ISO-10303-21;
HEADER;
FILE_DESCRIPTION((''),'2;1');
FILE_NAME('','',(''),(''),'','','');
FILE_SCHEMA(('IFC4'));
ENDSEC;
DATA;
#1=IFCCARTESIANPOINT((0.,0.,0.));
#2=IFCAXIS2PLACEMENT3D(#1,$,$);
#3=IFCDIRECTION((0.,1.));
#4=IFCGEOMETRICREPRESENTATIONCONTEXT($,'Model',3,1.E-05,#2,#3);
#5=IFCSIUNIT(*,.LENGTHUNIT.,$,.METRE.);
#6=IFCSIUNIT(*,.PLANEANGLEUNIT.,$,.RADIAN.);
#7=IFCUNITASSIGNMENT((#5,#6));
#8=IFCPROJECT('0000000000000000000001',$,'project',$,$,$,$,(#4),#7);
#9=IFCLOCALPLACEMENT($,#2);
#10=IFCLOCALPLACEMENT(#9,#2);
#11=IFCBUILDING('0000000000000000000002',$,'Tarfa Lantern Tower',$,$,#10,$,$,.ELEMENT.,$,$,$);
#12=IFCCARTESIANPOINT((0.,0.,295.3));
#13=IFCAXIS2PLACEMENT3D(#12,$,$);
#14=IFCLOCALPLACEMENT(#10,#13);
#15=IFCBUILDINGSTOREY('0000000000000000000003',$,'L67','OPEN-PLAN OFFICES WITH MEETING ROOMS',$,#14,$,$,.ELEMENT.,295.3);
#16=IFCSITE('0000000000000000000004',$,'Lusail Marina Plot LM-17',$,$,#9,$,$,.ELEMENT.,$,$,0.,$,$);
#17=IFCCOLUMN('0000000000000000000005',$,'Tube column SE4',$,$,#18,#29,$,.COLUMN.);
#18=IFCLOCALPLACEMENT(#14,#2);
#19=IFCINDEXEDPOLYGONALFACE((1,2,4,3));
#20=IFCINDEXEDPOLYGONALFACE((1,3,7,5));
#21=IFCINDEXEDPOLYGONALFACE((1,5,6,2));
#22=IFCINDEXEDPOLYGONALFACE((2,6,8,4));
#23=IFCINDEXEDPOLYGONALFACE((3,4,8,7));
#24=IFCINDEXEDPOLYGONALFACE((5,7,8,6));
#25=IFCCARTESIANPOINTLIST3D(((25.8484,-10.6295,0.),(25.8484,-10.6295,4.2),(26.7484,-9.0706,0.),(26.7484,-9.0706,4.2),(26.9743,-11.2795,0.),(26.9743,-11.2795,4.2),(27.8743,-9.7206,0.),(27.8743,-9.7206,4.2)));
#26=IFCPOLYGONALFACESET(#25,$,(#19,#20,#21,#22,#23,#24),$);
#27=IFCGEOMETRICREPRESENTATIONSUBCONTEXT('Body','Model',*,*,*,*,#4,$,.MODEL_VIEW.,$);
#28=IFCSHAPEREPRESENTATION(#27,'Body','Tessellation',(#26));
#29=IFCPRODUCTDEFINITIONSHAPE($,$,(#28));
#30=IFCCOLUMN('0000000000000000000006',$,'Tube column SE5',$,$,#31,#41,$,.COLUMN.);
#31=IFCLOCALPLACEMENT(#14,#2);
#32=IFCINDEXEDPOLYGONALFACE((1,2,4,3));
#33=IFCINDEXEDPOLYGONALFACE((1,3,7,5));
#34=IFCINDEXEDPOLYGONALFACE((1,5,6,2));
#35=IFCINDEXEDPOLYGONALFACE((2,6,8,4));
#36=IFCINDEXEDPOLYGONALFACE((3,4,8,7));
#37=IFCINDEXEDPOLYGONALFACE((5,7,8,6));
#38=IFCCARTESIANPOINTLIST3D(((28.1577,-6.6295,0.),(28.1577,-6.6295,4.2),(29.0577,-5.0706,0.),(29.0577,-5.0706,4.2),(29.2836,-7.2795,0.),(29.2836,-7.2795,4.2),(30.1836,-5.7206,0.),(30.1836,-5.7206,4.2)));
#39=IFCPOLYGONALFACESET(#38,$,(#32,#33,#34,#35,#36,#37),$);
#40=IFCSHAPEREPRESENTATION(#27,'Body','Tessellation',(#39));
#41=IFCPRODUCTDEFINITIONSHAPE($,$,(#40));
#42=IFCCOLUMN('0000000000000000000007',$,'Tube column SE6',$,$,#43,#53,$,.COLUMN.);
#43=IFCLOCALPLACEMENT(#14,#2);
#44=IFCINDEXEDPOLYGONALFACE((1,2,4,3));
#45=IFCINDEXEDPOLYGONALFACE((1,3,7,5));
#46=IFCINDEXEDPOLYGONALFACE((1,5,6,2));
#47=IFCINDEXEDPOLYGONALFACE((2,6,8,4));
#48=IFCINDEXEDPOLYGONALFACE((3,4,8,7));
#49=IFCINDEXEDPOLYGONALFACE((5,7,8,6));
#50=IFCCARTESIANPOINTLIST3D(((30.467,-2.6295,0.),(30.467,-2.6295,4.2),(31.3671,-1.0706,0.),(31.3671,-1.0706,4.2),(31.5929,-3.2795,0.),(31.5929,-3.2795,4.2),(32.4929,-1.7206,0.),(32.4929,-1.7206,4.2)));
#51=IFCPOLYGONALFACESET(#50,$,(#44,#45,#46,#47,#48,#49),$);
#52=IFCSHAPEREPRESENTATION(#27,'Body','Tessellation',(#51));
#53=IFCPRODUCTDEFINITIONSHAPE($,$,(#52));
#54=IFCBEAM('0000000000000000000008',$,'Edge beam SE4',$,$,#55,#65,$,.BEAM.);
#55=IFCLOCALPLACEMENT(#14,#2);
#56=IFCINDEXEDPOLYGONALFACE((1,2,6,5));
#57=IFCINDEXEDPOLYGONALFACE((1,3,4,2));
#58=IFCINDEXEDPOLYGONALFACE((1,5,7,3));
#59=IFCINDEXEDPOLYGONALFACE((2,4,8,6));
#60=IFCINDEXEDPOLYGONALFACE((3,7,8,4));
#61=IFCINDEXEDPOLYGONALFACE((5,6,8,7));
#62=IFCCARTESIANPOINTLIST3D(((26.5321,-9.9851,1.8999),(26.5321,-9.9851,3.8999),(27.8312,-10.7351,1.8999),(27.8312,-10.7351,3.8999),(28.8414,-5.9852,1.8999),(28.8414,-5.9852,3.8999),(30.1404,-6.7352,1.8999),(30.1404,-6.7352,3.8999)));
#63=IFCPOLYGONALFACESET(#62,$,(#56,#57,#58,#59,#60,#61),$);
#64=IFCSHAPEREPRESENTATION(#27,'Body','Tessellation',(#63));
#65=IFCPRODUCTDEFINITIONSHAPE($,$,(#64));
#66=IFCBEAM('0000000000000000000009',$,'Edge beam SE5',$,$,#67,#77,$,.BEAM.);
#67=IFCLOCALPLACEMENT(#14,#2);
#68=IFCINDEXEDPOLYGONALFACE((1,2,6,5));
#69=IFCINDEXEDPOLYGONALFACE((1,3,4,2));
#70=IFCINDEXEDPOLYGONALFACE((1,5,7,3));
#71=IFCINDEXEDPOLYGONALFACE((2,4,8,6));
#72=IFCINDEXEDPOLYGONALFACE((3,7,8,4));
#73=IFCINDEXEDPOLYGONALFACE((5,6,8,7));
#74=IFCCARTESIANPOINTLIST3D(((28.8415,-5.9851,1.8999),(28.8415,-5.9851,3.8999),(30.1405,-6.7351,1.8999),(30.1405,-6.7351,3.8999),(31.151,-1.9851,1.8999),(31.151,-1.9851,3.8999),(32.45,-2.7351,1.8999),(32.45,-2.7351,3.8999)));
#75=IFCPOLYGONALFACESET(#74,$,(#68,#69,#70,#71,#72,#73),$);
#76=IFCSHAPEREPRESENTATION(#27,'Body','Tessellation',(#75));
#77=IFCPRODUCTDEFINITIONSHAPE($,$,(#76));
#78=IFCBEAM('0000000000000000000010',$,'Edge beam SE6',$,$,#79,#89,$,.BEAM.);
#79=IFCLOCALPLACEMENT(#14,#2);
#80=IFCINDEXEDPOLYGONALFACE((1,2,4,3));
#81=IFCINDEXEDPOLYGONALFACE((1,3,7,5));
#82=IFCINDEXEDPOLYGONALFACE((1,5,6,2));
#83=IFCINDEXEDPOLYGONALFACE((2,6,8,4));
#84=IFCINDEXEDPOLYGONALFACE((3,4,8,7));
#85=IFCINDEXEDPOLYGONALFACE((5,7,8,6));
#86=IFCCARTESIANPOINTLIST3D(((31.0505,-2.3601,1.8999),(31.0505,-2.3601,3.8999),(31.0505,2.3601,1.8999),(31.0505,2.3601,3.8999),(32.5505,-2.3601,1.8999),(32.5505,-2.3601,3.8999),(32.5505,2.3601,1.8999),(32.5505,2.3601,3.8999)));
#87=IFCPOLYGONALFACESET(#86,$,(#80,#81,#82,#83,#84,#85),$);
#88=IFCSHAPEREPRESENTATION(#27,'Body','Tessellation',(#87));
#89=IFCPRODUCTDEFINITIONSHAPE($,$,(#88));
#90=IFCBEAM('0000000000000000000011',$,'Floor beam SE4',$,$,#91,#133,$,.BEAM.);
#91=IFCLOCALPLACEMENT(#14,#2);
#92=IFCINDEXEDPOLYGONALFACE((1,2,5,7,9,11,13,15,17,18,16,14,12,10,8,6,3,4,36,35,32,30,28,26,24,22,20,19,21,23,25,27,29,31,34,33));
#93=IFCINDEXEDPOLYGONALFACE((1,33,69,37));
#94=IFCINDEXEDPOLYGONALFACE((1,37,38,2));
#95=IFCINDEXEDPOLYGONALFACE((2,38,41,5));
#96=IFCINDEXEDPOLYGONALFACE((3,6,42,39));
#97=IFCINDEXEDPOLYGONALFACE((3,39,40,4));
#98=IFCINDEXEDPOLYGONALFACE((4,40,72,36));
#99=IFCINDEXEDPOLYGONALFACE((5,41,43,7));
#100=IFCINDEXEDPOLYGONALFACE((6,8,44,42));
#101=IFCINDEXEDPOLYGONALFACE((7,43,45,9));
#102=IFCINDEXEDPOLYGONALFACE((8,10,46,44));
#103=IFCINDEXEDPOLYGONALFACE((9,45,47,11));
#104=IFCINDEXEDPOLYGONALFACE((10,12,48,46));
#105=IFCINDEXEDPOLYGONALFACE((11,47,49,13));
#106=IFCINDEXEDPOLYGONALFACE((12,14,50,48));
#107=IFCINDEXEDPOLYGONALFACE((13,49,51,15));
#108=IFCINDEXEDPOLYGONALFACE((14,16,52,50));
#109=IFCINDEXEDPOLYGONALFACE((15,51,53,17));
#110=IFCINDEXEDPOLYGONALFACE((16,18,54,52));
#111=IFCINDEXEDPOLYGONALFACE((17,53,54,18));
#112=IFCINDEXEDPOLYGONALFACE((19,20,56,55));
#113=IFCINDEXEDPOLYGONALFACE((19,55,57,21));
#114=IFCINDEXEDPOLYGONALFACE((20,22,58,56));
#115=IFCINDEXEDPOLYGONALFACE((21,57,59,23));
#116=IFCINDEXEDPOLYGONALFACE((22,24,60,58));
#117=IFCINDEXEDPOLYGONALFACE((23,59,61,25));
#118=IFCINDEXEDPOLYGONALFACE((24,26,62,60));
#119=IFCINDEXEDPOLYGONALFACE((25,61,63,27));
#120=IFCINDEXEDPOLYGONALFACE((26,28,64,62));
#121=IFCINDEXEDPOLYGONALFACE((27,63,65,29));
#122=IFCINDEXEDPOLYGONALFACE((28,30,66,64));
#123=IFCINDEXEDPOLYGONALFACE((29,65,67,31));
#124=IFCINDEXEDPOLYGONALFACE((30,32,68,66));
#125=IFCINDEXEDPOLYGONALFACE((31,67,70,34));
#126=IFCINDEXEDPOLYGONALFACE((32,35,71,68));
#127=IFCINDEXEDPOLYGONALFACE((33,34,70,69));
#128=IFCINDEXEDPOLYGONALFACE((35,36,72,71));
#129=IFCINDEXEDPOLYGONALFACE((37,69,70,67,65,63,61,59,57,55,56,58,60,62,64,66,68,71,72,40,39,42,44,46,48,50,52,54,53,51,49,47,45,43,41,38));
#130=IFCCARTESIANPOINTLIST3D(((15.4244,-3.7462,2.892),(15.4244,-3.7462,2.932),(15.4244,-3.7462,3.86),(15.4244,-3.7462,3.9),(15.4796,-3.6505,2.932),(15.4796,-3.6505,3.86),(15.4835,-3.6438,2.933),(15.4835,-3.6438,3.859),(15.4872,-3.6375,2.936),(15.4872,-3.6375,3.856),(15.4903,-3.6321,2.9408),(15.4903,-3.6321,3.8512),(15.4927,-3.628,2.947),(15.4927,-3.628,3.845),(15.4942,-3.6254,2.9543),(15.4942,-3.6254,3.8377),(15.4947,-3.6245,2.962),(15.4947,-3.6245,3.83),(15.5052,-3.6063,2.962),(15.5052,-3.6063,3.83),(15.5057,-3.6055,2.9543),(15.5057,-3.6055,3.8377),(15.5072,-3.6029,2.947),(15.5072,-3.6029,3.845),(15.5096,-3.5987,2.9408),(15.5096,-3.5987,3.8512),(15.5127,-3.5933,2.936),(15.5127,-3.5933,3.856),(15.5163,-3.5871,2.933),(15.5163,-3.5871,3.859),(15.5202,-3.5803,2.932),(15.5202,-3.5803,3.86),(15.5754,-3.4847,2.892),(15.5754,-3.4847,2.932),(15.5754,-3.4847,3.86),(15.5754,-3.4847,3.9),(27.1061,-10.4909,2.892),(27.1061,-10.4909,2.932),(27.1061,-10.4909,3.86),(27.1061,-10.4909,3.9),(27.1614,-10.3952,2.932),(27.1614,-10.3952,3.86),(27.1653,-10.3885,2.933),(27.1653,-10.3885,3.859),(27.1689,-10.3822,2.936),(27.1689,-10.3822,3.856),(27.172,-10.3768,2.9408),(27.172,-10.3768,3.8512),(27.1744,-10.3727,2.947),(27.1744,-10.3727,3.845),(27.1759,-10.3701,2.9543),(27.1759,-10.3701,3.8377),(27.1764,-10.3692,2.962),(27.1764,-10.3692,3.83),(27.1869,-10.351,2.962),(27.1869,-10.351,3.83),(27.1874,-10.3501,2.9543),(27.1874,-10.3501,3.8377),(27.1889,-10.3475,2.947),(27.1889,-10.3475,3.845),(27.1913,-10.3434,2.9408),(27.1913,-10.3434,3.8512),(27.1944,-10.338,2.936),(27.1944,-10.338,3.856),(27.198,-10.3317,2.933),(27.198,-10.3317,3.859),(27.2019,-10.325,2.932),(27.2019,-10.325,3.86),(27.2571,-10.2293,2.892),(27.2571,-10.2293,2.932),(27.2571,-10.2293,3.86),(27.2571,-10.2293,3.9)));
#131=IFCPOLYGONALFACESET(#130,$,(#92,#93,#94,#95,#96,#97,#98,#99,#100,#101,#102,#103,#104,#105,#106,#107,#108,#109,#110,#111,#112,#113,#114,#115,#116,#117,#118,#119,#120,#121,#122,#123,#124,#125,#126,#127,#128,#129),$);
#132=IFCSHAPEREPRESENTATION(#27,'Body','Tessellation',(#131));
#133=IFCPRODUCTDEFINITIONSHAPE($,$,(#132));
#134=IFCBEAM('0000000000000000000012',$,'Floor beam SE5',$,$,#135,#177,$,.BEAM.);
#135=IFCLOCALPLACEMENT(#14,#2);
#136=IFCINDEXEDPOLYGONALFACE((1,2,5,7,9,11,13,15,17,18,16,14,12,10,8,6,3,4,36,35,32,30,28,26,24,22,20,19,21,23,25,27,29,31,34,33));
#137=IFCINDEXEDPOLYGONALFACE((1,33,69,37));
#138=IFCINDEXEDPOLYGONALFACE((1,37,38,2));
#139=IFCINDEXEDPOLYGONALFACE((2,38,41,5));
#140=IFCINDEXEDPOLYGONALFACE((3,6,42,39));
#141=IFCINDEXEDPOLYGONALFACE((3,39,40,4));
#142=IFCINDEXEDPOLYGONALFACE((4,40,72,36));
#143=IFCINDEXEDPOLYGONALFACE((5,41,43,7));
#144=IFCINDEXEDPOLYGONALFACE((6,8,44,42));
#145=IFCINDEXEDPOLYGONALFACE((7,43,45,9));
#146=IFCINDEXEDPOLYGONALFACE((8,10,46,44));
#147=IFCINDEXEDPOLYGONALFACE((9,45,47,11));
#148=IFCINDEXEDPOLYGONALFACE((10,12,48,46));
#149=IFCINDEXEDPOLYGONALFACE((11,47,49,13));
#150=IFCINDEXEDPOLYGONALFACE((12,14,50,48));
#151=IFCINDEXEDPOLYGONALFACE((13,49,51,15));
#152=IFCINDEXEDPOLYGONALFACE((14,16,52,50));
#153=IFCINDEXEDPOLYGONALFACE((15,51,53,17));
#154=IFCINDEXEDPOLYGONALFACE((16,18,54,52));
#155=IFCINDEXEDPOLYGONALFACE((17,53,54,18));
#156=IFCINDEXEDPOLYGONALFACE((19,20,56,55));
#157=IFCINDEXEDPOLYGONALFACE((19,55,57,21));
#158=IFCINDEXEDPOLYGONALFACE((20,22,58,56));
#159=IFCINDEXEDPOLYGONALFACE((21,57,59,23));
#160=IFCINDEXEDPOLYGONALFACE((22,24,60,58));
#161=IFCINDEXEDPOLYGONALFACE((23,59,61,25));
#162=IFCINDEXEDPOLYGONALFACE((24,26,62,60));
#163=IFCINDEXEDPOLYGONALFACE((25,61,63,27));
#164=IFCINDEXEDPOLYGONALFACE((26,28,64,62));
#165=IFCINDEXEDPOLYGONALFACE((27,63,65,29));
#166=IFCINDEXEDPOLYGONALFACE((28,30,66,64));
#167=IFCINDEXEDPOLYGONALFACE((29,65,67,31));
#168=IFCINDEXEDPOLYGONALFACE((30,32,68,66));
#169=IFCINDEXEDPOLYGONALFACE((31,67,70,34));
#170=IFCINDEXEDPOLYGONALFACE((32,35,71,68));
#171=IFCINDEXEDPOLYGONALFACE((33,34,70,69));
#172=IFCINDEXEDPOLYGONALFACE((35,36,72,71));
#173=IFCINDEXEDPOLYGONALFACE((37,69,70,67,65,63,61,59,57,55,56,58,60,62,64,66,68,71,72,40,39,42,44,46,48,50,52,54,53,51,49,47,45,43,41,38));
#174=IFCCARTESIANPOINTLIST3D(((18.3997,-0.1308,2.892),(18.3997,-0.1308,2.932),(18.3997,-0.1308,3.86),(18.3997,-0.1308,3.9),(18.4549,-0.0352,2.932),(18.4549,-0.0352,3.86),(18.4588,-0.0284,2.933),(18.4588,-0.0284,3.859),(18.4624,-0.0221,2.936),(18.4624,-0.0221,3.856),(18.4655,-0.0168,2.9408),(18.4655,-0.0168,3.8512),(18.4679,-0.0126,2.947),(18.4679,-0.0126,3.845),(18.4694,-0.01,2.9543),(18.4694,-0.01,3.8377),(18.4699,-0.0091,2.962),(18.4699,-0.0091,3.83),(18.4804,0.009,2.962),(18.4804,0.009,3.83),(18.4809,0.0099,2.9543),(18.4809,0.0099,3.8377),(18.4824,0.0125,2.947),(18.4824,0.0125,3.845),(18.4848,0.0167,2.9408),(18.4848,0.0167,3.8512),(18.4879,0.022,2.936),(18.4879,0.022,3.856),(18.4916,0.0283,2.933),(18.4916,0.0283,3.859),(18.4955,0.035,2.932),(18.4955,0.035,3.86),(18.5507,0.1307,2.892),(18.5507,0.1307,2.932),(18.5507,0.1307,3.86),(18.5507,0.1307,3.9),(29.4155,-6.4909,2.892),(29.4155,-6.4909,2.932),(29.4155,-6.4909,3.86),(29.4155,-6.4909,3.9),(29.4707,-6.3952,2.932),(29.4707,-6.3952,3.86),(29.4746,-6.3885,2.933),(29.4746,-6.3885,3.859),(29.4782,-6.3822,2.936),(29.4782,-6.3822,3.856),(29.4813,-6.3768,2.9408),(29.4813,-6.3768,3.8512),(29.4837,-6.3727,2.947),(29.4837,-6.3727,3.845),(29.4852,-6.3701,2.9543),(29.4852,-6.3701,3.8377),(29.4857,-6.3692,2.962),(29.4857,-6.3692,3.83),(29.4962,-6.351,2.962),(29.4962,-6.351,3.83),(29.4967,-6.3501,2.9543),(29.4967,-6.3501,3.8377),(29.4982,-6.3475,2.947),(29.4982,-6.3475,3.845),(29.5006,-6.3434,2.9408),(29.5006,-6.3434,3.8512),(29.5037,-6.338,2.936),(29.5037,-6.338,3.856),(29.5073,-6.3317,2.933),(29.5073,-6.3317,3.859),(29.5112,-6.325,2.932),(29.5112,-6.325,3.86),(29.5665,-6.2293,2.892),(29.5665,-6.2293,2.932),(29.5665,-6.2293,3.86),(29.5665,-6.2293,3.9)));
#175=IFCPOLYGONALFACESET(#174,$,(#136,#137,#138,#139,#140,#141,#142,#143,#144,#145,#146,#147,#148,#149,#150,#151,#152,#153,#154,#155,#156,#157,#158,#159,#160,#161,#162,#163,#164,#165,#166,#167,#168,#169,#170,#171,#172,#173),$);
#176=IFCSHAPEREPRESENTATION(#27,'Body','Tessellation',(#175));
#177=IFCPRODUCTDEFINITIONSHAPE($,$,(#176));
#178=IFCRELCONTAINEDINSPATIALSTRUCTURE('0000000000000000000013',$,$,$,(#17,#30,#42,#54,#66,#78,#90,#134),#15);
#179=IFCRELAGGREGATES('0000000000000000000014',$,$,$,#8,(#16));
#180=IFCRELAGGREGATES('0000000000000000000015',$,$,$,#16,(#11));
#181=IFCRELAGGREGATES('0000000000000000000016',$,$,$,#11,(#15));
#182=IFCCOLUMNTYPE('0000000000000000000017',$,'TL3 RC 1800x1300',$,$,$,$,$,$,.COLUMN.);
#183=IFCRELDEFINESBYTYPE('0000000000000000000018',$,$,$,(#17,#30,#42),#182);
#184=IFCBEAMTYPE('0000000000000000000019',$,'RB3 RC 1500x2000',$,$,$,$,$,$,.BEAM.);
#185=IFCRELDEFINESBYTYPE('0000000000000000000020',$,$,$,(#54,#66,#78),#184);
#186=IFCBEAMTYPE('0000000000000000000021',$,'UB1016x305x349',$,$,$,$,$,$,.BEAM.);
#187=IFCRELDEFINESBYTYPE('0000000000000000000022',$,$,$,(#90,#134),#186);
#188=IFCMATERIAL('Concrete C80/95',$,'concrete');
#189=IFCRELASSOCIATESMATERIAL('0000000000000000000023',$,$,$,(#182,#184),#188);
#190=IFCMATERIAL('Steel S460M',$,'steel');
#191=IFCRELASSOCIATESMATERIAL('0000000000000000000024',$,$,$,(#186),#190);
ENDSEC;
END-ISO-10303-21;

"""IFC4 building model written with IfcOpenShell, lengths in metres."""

from ifc_helpers import new_model, si_unit, direction, frame, origin, origin_2d, place, context, subcontext, project, spatial, rectangle, i_section, extrude, material, material_profile, profile_set, type_object, element, save


model = new_model("IFC4")

# Units and contexts
model_context = context("Model", 3, precision=1e-05, world=origin(), true_north=direction((0.0, 1.0)))
body_context = subcontext(model_context, "Body", "Model", "MODEL_VIEW")
ifc_project = project(units=[si_unit("LENGTHUNIT", "METRE"), si_unit("PLANEANGLEUNIT", "RADIAN")], contexts=[model_context])

# Site, building, storey
site_placement = place(None, origin())
site = spatial("IfcSite", under=ifc_project, at=site_placement, Name="Lusail Marina Plot LM-17", CompositionType="ELEMENT", RefElevation=0.0)
building_placement = place(site_placement, origin())
building = spatial("IfcBuilding", under=site, at=building_placement, Name="Tarfa Lantern Tower", CompositionType="ELEMENT")
storey_placement = place(building_placement, frame((0.0, 0.0, 295.3)))
storey = spatial("IfcBuildingStorey", under=building, at=storey_placement, Name="L67", Description="OPEN-PLAN OFFICES WITH MEETING ROOMS", CompositionType="ELEMENT", Elevation=295.3)

# Columns
ifc_material_1 = material(Name="Concrete C80/95", Category="concrete")
ifc_material_profile_1 = material_profile(ifc_material_1, rectangle(XDim=1.8, YDim=1.3, at=origin_2d()), Name="RC 1800x1300")
ifc_profile_set_1 = profile_set([ifc_material_profile_1], Name="Concrete C80/95")
column_type = type_object("IfcColumnType", Name="TL3 RC 1800x1300", PredefinedType="COLUMN", material=ifc_profile_set_1)
for number, where, z_axis, x_axis, name in (
    (1, (26.8613, -10.175, 0.0), (0.0, 0.0, 1.0), (0.5, 0.866025, 0.0), "Tube column SE4"),
    (2, (29.1707, -6.175, 0.0), (0.0, 0.0, 1.0), (0.5, 0.866025, 0.0), "Tube column SE5"),
    (3, (31.48, -2.175, 0.0), (0.0, 0.0, 1.0), (0.5, 0.866025, 0.0), "Tube column SE6"),
):
    element("IfcColumn", number, at=place(storey_placement, frame(where, z_axis=z_axis, x_axis=x_axis)), inside=storey, type_object=column_type, Name=name, PredefinedType="COLUMN", context=body_context, shape_type="SweptSolid", body=[
        extrude(rectangle(XDim=1.8, YDim=1.3, at=origin_2d()), origin(), (0.0, 0.0, 1.0), 4.2),
    ])

# Beams
ifc_material_profile_2 = material_profile(ifc_material_1, rectangle(XDim=1.5, YDim=2.0, at=origin_2d()), Name="RC 1500x2000")
ifc_profile_set_2 = profile_set([ifc_material_profile_2], Name="Concrete C80/95")
beam_type_1 = type_object("IfcBeamType", Name="RB3 RC 1500x2000", PredefinedType="BEAM", material=ifc_profile_set_2)
beam_1_placement = place(storey_placement, frame((27.1816, -10.3601, 2.8999), z_axis=(0.499988, 0.866032, 0.0), x_axis=(-0.866032, 0.499988, 0.0)))
element("IfcBeam", 4, at=beam_1_placement, inside=storey, type_object=beam_type_1, Name="Edge beam SE4", PredefinedType="BEAM", context=body_context, shape_type="SweptSolid", body=[
    extrude(rectangle(XDim=1.5, YDim=2.0, at=origin_2d()), origin(), (0.0, 0.0, 1.0), 4.6187),
])
beam_2_placement = place(storey_placement, frame((29.491, -6.3601, 2.8999), z_axis=(0.500027, 0.86601, 0.0), x_axis=(-0.86601, 0.500027, 0.0)))
element("IfcBeam", 5, at=beam_2_placement, inside=storey, type_object=beam_type_1, Name="Edge beam SE5", PredefinedType="BEAM", context=body_context, shape_type="SweptSolid", body=[
    extrude(rectangle(XDim=1.5, YDim=2.0, at=origin_2d()), origin(), (0.0, 0.0, 1.0), 4.6189),
])
beam_3_placement = place(storey_placement, frame((31.8005, -2.3601, 2.8999), z_axis=(0.0, 1.0, 0.0), x_axis=(-1.0, 0.0, 0.0)))
element("IfcBeam", 6, at=beam_3_placement, inside=storey, type_object=beam_type_1, Name="Edge beam SE6", PredefinedType="BEAM", context=body_context, shape_type="SweptSolid", body=[
    extrude(rectangle(XDim=1.5, YDim=2.0, at=origin_2d()), origin(), (0.0, 0.0, 1.0), 4.7202),
])
ifc_material_2 = material(Name="Steel S460M", Category="steel")
ifc_material_profile_3 = material_profile(ifc_material_2, i_section(OverallWidth=0.302, OverallDepth=1.0081, WebThickness=0.021, FlangeThickness=0.04, FilletRadius=0.03, at=origin_2d()), Name="UB1016x305x349")
ifc_profile_set_3 = profile_set([ifc_material_profile_3], Name="Steel S460M")
beam_type_2 = type_object("IfcBeamType", Name="UB1016x305x349", PredefinedType="BEAM", material=ifc_profile_set_3)
beam_4_placement = place(storey_placement, frame((27.1816, -10.3601, 3.396), z_axis=(-0.866018, 0.500013, 0.0), x_axis=(-0.500013, -0.866018, 0.0)))
element("IfcBeam", 7, at=beam_4_placement, inside=storey, type_object=beam_type_2, Name="Floor beam SE4", PredefinedType="BEAM", context=body_context, shape_type="SweptSolid", body=[
    extrude(i_section(OverallWidth=0.302, OverallDepth=1.0081, WebThickness=0.021, FlangeThickness=0.04, FilletRadius=0.03, at=origin_2d()), origin(), (0.0, 0.0, 1.0), 13.489),
])
beam_5_placement = place(storey_placement, frame((29.491, -6.3601, 3.396), z_axis=(-0.866022, 0.500005, 0.0), x_axis=(-0.500005, -0.866022, 0.0)))
element("IfcBeam", 8, at=beam_5_placement, inside=storey, type_object=beam_type_2, Name="Floor beam SE5", PredefinedType="BEAM", context=body_context, shape_type="SweptSolid", body=[
    extrude(i_section(OverallWidth=0.302, OverallDepth=1.0081, WebThickness=0.021, FlangeThickness=0.04, FilletRadius=0.03, at=origin_2d()), origin(), (0.0, 0.0, 1.0), 12.72),
])

save(model, "model.ifc")
